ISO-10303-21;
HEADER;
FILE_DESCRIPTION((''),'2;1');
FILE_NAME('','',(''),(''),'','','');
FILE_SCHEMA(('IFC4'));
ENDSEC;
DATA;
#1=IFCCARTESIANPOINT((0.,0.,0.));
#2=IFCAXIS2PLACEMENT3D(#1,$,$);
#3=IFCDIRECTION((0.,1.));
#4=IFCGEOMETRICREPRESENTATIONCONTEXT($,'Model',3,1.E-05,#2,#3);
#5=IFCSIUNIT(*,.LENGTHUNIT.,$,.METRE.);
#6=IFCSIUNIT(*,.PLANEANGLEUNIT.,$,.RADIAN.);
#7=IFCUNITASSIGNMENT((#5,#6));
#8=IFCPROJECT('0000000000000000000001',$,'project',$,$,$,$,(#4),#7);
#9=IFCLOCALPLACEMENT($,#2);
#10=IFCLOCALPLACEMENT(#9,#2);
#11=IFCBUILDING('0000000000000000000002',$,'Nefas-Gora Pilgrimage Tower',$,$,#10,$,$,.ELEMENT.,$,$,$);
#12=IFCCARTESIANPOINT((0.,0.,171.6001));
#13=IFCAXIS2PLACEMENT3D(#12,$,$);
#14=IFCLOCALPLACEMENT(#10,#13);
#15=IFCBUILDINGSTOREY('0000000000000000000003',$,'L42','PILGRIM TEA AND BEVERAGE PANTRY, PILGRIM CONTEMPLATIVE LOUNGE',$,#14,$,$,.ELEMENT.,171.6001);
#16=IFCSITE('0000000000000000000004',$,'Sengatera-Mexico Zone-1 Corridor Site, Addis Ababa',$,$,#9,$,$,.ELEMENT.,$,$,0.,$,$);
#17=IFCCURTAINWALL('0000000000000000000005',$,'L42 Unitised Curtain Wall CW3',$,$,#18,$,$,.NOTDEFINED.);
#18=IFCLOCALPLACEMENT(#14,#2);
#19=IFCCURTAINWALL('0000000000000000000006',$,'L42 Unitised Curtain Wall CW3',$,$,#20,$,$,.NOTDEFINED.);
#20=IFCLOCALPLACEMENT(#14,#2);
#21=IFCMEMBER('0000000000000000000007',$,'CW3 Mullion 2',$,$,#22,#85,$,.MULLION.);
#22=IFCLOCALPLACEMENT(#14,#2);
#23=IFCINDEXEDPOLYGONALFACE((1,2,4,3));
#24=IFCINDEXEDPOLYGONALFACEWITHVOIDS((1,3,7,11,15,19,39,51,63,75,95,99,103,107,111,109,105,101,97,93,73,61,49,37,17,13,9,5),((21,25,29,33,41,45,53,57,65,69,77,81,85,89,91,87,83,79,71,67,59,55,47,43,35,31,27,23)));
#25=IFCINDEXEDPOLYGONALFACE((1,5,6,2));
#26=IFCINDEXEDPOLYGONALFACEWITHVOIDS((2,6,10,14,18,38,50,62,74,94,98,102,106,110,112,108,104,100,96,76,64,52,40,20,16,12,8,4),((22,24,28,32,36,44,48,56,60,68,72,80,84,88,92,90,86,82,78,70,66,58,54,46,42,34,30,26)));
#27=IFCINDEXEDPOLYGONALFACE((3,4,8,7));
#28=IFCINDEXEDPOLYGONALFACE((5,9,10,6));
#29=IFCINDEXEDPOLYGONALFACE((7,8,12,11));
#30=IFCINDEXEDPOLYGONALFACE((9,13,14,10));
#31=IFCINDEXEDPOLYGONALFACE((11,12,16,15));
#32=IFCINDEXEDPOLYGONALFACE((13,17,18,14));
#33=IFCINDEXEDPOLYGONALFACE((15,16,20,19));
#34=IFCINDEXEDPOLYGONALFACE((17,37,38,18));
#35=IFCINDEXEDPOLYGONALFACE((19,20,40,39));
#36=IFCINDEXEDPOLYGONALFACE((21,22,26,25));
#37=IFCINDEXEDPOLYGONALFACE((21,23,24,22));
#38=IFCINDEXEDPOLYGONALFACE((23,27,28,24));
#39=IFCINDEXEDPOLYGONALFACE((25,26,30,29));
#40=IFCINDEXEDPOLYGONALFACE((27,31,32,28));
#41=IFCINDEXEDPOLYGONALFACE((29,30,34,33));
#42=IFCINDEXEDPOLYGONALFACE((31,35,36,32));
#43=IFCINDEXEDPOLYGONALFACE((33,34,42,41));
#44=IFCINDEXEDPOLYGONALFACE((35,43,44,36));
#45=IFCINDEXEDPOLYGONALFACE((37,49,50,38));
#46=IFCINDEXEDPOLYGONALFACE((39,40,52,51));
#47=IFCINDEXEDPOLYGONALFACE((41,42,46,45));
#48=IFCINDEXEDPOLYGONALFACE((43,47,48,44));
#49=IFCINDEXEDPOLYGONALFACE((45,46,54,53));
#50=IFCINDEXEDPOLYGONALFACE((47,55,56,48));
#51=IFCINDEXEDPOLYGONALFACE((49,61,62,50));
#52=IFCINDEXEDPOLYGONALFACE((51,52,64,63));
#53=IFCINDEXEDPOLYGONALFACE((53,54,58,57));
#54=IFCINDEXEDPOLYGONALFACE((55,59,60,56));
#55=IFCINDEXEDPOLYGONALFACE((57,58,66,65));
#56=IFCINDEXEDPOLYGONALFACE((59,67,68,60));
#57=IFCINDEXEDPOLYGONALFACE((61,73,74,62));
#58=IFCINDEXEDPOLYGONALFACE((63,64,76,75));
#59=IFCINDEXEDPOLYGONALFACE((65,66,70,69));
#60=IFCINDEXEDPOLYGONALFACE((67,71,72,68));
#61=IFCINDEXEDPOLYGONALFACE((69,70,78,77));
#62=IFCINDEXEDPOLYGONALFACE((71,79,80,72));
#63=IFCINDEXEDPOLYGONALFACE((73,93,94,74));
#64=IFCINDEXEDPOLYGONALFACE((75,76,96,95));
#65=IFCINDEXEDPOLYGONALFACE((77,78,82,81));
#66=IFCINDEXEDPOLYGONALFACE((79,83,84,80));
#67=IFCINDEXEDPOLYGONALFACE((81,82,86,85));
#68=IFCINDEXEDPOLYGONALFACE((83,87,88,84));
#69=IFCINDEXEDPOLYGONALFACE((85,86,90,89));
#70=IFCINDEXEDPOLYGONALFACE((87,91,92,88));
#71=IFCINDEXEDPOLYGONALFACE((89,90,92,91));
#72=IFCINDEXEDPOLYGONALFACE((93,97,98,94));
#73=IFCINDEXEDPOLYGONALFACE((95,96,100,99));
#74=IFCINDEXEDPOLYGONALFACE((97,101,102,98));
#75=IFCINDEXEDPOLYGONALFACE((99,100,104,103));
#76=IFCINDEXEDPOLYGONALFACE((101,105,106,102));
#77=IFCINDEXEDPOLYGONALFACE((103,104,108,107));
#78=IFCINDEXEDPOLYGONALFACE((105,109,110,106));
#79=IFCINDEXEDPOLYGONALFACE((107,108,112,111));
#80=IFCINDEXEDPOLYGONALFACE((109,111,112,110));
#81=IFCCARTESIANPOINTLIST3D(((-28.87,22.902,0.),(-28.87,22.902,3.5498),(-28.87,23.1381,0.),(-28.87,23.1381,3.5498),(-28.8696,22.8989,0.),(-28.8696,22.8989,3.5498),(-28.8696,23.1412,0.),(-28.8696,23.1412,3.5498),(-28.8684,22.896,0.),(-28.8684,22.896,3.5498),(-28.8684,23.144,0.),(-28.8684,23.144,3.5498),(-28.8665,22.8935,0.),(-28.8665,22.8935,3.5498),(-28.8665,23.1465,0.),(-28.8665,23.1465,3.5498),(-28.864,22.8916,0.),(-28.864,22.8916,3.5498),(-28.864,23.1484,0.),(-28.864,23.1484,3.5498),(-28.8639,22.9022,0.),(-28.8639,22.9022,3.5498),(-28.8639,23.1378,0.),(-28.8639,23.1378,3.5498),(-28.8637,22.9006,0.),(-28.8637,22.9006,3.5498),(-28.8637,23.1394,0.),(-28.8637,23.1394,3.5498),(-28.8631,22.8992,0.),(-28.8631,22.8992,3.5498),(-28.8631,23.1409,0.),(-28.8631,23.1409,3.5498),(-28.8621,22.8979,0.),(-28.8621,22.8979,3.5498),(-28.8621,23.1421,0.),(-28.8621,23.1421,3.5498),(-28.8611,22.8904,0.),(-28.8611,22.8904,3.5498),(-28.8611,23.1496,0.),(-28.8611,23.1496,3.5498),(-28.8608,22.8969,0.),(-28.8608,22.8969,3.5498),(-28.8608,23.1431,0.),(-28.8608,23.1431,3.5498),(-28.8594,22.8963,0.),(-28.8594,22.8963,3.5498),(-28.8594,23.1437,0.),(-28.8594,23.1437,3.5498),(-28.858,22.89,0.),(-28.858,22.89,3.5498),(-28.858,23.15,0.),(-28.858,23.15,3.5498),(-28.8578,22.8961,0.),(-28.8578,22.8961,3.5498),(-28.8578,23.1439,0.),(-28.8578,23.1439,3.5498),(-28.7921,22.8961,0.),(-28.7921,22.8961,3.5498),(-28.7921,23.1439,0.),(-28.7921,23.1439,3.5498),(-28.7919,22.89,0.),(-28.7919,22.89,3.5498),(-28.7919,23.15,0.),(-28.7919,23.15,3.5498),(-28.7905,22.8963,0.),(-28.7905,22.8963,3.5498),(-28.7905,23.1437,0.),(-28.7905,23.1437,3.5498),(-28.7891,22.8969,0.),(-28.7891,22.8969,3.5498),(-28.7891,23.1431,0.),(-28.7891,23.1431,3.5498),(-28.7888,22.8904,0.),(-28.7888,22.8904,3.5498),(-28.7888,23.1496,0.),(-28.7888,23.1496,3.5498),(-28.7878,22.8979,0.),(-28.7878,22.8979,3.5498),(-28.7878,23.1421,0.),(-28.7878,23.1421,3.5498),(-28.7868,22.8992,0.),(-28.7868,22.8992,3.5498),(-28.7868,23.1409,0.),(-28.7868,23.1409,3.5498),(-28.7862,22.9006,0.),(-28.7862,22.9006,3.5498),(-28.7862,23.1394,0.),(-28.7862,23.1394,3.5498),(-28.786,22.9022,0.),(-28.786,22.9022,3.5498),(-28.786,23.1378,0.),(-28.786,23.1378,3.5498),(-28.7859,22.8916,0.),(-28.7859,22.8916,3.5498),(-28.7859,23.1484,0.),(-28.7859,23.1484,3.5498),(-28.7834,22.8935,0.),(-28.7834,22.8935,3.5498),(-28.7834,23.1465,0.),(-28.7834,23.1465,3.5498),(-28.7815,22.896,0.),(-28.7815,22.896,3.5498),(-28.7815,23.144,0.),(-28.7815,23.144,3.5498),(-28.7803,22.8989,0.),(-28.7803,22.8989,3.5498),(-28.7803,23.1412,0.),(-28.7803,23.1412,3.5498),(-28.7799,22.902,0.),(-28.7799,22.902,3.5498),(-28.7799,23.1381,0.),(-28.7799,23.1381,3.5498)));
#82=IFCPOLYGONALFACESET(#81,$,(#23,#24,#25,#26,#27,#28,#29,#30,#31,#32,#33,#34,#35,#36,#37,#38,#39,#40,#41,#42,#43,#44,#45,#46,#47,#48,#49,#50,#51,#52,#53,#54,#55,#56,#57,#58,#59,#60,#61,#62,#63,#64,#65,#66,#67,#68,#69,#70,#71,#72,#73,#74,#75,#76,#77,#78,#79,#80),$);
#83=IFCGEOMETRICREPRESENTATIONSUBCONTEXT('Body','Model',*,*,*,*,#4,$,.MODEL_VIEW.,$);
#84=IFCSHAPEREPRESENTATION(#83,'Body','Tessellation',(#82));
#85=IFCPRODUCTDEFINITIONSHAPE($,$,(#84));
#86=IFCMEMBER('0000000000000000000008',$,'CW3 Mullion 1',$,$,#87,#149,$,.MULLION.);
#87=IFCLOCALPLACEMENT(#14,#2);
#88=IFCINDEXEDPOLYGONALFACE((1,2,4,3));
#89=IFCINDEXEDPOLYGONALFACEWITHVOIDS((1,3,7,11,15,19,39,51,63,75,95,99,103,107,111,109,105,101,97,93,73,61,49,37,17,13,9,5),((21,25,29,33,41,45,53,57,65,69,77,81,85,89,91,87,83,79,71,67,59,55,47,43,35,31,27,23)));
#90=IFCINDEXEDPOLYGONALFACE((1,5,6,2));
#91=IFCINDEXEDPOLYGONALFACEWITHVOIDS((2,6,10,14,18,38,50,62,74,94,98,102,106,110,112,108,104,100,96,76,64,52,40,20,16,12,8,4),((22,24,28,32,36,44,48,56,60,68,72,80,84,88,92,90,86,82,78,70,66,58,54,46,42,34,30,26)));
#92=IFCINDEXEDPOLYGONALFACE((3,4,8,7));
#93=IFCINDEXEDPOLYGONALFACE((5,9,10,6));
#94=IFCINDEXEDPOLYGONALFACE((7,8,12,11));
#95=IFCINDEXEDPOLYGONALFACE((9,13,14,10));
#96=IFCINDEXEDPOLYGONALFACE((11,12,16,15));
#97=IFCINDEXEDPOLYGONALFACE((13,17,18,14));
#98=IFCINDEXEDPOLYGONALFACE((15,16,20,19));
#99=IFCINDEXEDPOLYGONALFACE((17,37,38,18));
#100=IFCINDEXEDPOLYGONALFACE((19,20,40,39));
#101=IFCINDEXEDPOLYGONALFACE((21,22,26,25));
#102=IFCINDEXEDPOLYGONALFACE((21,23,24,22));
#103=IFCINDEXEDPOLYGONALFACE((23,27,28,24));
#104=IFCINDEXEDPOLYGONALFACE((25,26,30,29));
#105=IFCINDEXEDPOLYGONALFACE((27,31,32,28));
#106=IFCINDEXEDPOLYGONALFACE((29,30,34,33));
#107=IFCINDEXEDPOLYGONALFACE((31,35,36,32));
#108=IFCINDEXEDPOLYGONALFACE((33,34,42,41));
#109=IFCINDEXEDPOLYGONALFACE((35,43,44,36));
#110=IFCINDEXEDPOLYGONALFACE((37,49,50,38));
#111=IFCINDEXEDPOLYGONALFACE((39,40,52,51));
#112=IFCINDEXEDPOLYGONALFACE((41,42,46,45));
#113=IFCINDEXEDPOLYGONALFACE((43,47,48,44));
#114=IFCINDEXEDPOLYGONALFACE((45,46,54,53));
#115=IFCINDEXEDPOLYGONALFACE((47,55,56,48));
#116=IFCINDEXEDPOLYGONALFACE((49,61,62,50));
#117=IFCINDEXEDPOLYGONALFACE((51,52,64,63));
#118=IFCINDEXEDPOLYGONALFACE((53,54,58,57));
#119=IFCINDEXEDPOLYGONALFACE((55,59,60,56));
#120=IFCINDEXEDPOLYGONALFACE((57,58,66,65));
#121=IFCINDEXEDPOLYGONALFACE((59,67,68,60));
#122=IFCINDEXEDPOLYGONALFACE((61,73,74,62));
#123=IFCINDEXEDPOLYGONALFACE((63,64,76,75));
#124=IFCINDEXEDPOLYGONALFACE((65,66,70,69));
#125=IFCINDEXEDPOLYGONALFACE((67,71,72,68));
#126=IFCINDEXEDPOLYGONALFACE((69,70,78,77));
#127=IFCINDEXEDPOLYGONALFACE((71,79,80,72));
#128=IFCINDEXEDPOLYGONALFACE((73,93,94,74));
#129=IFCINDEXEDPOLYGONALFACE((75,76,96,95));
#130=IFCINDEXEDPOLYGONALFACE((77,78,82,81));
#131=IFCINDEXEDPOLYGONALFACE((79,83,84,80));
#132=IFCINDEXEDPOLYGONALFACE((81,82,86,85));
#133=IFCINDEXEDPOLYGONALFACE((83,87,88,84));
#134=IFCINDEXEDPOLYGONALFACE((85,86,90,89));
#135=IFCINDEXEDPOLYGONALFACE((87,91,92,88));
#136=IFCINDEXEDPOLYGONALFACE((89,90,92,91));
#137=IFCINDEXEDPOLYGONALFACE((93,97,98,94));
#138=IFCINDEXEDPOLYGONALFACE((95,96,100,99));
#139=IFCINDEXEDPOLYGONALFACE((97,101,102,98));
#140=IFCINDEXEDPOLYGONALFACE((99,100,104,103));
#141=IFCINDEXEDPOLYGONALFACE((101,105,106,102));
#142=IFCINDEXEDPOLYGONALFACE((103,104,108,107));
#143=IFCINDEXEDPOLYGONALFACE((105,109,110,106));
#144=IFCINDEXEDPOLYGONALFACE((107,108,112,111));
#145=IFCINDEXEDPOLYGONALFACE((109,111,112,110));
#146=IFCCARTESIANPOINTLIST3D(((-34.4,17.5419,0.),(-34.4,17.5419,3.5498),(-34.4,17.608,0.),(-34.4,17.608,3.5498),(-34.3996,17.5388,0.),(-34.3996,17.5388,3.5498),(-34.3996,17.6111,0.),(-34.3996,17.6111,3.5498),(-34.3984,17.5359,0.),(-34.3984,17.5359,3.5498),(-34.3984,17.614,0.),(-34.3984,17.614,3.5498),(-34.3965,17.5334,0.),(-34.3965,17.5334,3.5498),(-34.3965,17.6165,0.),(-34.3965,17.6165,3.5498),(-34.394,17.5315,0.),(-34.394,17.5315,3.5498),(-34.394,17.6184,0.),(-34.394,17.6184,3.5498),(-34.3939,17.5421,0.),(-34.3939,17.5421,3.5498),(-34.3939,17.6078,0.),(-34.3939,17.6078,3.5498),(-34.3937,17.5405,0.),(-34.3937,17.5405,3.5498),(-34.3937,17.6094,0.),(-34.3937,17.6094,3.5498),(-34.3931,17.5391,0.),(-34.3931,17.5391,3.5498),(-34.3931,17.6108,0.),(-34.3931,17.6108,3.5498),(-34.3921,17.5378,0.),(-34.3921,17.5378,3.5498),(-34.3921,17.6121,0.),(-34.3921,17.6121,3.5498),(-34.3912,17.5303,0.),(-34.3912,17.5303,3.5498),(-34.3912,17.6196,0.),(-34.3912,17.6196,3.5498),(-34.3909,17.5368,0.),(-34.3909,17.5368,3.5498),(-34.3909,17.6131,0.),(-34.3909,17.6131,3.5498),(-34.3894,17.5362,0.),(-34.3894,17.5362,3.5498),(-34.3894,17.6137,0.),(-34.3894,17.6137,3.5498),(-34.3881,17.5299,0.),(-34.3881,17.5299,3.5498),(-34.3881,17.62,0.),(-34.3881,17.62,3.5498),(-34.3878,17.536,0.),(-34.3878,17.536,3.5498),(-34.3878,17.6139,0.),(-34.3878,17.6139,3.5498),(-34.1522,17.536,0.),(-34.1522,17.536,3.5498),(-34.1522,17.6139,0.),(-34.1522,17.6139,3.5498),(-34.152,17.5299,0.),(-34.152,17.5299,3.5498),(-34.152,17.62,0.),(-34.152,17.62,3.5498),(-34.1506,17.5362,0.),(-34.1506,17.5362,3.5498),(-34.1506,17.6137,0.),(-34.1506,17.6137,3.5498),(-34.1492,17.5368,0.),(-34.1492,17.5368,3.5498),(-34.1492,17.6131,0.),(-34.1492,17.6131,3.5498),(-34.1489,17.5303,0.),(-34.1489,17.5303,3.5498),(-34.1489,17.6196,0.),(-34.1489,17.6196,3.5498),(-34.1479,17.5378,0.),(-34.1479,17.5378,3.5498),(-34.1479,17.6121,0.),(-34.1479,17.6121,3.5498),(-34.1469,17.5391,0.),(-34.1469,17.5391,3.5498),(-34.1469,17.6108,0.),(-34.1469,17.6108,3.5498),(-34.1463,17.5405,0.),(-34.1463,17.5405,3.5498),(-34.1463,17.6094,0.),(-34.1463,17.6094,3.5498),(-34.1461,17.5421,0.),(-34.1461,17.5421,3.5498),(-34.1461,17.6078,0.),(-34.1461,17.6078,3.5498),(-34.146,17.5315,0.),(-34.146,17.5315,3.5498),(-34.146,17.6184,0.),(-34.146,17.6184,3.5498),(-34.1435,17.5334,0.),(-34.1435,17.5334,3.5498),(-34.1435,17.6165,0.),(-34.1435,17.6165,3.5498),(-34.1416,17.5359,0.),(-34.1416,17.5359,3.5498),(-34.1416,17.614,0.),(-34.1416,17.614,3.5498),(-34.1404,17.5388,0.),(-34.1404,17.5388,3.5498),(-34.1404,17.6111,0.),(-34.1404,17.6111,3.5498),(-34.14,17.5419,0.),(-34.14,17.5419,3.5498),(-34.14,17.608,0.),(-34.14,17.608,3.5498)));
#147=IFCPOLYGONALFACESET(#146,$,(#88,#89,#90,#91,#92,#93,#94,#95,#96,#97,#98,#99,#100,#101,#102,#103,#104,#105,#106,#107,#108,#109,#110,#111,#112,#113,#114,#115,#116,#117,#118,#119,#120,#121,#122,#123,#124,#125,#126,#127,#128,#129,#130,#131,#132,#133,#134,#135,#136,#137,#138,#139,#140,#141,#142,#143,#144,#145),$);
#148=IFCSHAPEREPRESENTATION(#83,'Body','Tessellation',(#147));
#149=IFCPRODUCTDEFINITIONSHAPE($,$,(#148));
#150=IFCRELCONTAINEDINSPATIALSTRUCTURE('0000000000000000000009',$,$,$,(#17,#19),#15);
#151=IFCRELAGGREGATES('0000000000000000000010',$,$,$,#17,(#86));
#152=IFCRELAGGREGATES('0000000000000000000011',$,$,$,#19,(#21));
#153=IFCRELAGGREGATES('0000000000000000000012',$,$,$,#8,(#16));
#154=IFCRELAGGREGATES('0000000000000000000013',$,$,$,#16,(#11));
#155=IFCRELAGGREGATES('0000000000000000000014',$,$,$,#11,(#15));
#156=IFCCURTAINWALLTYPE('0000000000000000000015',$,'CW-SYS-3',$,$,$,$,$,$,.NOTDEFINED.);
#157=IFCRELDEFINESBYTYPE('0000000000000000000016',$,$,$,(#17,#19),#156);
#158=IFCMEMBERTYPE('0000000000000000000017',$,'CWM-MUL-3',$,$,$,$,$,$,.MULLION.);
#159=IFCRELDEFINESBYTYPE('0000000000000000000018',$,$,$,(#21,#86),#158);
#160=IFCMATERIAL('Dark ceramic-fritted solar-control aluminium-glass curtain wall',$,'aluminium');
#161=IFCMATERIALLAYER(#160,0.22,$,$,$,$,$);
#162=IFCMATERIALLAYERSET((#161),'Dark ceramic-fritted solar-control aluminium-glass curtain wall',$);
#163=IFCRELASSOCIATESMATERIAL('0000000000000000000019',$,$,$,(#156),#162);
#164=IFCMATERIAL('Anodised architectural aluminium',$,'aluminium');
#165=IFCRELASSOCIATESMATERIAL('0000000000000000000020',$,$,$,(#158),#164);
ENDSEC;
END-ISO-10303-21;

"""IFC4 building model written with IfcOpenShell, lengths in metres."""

from ifc_helpers import new_model, si_unit, direction, frame, origin, origin_2d, place, context, subcontext, project, spatial, hollow_rectangle, extrude, source, transform, mapped, material, layer, layer_set, material_profile, profile_set, type_object, element, aggregate, save


model = new_model("IFC4")

# Units and contexts
model_context = context("Model", 3, precision=1e-05, world=origin(), true_north=direction((0.0, 1.0)))
body_context = subcontext(model_context, "Body", "Model", "MODEL_VIEW")
ifc_project = project(units=[si_unit("LENGTHUNIT", "METRE"), si_unit("PLANEANGLEUNIT", "RADIAN")], contexts=[model_context])

# Site, building, storey
site_placement = place(None, origin())
site = spatial("IfcSite", under=ifc_project, at=site_placement, Name="Sengatera-Mexico Zone-1 Corridor Site, Addis Ababa", CompositionType="ELEMENT", RefElevation=0.0)
building_placement = place(site_placement, origin())
building = spatial("IfcBuilding", under=site, at=building_placement, Name="Nefas-Gora Pilgrimage Tower", CompositionType="ELEMENT")
storey_placement = place(building_placement, frame((0.0, 0.0, 171.6001)))
storey = spatial("IfcBuildingStorey", under=building, at=storey_placement, Name="L42", Description="PILGRIM TEA AND BEVERAGE PANTRY, PILGRIM CONTEMPLATIVE LOUNGE", CompositionType="ELEMENT", Elevation=171.6001)

# Curtain wall
ifc_material_1 = material(Name="Dark ceramic-fritted solar-control aluminium-glass curtain wall", Category="aluminium")
ifc_material_2 = material(Name="Anodised architectural aluminium", Category="aluminium")
ifc_layer_1 = layer(ifc_material_1, 0.22)
ifc_layer_set_1 = layer_set([ifc_layer_1], Name="Dark ceramic-fritted solar-control aluminium-glass curtain wall")
curtain_wall_type_1 = type_object("IfcCurtainWallType", Name="CW-SYS-3", PredefinedType="NOTDEFINED", material=ifc_layer_set_1)
curtain_wall_1_placement = place(storey_placement, origin())
curtain_wall_1 = element("IfcCurtainWall", 1, at=curtain_wall_1_placement, inside=storey, type_object=curtain_wall_type_1, Name="L42 Unitised Curtain Wall CW3", PredefinedType="NOTDEFINED")

# Curtain wall, member
curtain_wall_2_placement = place(storey_placement, origin())
curtain_wall_2 = element("IfcCurtainWall", 2, at=curtain_wall_2_placement, inside=storey, type_object=curtain_wall_type_1, Name="L42 Unitised Curtain Wall CW3", PredefinedType="NOTDEFINED")
ifc_material_profile_1 = material_profile(ifc_material_2, hollow_rectangle(XDim=0.0901, YDim=0.26, WallThickness=0.0061, InnerFilletRadius=0.0061, OuterFilletRadius=0.012, at=origin_2d()), Name="ALU MULLION 90x260")
ifc_profile_set_1 = profile_set([ifc_material_profile_1], Name="Anodised architectural aluminium")
member_type_1 = type_object("IfcMemberType", Name="CWM-MUL-3", PredefinedType="MULLION", material=ifc_profile_set_1)
shared_shape_1 = source(origin(), body_context, "Body", "SweptSolid", [
    extrude(hollow_rectangle(XDim=0.0901, YDim=0.26, WallThickness=0.0061, InnerFilletRadius=0.0061, OuterFilletRadius=0.012, at=origin_2d()), origin(), (0.0, 0.0, 1.0), 3.5498),
])
member_1_placement = place(storey_placement, frame((-28.825, 23.02, 0.0), z_axis=(0.0, 0.0, 1.0), x_axis=(-1.0, 0.0, 0.0)))
member_1 = element("IfcMember", 3, at=member_1_placement, type_object=member_type_1, Name="CW3 Mullion 2", PredefinedType="MULLION", context=body_context, shape_type="MappedRepresentation", body=[
    mapped(shared_shape_1, transform((0.0, 0.0, 0.0), x_axis=(1.0, 0.0, 0.0), y_axis=(0.0, 1.0, 0.0), z_axis=(0.0, 0.0, 1.0), scale=1.0)),
])

# Member
member_2_placement = place(storey_placement, frame((-34.27, 17.575, 0.0), z_axis=(0.0, 0.0, 1.0), x_axis=(0.0, -1.0, 0.0)))
member_2 = element("IfcMember", 4, at=member_2_placement, type_object=member_type_1, Name="CW3 Mullion 1", PredefinedType="MULLION", context=body_context, shape_type="MappedRepresentation", body=[
    mapped(shared_shape_1, transform((0.0, 0.0, 0.0), x_axis=(1.0, 0.0, 0.0), y_axis=(0.0, 1.0, 0.0), z_axis=(0.0, 0.0, 1.0), scale=1.0)),
])

aggregate(curtain_wall_1, [member_2])
aggregate(curtain_wall_2, [member_1])

save(model, "model.ifc")
